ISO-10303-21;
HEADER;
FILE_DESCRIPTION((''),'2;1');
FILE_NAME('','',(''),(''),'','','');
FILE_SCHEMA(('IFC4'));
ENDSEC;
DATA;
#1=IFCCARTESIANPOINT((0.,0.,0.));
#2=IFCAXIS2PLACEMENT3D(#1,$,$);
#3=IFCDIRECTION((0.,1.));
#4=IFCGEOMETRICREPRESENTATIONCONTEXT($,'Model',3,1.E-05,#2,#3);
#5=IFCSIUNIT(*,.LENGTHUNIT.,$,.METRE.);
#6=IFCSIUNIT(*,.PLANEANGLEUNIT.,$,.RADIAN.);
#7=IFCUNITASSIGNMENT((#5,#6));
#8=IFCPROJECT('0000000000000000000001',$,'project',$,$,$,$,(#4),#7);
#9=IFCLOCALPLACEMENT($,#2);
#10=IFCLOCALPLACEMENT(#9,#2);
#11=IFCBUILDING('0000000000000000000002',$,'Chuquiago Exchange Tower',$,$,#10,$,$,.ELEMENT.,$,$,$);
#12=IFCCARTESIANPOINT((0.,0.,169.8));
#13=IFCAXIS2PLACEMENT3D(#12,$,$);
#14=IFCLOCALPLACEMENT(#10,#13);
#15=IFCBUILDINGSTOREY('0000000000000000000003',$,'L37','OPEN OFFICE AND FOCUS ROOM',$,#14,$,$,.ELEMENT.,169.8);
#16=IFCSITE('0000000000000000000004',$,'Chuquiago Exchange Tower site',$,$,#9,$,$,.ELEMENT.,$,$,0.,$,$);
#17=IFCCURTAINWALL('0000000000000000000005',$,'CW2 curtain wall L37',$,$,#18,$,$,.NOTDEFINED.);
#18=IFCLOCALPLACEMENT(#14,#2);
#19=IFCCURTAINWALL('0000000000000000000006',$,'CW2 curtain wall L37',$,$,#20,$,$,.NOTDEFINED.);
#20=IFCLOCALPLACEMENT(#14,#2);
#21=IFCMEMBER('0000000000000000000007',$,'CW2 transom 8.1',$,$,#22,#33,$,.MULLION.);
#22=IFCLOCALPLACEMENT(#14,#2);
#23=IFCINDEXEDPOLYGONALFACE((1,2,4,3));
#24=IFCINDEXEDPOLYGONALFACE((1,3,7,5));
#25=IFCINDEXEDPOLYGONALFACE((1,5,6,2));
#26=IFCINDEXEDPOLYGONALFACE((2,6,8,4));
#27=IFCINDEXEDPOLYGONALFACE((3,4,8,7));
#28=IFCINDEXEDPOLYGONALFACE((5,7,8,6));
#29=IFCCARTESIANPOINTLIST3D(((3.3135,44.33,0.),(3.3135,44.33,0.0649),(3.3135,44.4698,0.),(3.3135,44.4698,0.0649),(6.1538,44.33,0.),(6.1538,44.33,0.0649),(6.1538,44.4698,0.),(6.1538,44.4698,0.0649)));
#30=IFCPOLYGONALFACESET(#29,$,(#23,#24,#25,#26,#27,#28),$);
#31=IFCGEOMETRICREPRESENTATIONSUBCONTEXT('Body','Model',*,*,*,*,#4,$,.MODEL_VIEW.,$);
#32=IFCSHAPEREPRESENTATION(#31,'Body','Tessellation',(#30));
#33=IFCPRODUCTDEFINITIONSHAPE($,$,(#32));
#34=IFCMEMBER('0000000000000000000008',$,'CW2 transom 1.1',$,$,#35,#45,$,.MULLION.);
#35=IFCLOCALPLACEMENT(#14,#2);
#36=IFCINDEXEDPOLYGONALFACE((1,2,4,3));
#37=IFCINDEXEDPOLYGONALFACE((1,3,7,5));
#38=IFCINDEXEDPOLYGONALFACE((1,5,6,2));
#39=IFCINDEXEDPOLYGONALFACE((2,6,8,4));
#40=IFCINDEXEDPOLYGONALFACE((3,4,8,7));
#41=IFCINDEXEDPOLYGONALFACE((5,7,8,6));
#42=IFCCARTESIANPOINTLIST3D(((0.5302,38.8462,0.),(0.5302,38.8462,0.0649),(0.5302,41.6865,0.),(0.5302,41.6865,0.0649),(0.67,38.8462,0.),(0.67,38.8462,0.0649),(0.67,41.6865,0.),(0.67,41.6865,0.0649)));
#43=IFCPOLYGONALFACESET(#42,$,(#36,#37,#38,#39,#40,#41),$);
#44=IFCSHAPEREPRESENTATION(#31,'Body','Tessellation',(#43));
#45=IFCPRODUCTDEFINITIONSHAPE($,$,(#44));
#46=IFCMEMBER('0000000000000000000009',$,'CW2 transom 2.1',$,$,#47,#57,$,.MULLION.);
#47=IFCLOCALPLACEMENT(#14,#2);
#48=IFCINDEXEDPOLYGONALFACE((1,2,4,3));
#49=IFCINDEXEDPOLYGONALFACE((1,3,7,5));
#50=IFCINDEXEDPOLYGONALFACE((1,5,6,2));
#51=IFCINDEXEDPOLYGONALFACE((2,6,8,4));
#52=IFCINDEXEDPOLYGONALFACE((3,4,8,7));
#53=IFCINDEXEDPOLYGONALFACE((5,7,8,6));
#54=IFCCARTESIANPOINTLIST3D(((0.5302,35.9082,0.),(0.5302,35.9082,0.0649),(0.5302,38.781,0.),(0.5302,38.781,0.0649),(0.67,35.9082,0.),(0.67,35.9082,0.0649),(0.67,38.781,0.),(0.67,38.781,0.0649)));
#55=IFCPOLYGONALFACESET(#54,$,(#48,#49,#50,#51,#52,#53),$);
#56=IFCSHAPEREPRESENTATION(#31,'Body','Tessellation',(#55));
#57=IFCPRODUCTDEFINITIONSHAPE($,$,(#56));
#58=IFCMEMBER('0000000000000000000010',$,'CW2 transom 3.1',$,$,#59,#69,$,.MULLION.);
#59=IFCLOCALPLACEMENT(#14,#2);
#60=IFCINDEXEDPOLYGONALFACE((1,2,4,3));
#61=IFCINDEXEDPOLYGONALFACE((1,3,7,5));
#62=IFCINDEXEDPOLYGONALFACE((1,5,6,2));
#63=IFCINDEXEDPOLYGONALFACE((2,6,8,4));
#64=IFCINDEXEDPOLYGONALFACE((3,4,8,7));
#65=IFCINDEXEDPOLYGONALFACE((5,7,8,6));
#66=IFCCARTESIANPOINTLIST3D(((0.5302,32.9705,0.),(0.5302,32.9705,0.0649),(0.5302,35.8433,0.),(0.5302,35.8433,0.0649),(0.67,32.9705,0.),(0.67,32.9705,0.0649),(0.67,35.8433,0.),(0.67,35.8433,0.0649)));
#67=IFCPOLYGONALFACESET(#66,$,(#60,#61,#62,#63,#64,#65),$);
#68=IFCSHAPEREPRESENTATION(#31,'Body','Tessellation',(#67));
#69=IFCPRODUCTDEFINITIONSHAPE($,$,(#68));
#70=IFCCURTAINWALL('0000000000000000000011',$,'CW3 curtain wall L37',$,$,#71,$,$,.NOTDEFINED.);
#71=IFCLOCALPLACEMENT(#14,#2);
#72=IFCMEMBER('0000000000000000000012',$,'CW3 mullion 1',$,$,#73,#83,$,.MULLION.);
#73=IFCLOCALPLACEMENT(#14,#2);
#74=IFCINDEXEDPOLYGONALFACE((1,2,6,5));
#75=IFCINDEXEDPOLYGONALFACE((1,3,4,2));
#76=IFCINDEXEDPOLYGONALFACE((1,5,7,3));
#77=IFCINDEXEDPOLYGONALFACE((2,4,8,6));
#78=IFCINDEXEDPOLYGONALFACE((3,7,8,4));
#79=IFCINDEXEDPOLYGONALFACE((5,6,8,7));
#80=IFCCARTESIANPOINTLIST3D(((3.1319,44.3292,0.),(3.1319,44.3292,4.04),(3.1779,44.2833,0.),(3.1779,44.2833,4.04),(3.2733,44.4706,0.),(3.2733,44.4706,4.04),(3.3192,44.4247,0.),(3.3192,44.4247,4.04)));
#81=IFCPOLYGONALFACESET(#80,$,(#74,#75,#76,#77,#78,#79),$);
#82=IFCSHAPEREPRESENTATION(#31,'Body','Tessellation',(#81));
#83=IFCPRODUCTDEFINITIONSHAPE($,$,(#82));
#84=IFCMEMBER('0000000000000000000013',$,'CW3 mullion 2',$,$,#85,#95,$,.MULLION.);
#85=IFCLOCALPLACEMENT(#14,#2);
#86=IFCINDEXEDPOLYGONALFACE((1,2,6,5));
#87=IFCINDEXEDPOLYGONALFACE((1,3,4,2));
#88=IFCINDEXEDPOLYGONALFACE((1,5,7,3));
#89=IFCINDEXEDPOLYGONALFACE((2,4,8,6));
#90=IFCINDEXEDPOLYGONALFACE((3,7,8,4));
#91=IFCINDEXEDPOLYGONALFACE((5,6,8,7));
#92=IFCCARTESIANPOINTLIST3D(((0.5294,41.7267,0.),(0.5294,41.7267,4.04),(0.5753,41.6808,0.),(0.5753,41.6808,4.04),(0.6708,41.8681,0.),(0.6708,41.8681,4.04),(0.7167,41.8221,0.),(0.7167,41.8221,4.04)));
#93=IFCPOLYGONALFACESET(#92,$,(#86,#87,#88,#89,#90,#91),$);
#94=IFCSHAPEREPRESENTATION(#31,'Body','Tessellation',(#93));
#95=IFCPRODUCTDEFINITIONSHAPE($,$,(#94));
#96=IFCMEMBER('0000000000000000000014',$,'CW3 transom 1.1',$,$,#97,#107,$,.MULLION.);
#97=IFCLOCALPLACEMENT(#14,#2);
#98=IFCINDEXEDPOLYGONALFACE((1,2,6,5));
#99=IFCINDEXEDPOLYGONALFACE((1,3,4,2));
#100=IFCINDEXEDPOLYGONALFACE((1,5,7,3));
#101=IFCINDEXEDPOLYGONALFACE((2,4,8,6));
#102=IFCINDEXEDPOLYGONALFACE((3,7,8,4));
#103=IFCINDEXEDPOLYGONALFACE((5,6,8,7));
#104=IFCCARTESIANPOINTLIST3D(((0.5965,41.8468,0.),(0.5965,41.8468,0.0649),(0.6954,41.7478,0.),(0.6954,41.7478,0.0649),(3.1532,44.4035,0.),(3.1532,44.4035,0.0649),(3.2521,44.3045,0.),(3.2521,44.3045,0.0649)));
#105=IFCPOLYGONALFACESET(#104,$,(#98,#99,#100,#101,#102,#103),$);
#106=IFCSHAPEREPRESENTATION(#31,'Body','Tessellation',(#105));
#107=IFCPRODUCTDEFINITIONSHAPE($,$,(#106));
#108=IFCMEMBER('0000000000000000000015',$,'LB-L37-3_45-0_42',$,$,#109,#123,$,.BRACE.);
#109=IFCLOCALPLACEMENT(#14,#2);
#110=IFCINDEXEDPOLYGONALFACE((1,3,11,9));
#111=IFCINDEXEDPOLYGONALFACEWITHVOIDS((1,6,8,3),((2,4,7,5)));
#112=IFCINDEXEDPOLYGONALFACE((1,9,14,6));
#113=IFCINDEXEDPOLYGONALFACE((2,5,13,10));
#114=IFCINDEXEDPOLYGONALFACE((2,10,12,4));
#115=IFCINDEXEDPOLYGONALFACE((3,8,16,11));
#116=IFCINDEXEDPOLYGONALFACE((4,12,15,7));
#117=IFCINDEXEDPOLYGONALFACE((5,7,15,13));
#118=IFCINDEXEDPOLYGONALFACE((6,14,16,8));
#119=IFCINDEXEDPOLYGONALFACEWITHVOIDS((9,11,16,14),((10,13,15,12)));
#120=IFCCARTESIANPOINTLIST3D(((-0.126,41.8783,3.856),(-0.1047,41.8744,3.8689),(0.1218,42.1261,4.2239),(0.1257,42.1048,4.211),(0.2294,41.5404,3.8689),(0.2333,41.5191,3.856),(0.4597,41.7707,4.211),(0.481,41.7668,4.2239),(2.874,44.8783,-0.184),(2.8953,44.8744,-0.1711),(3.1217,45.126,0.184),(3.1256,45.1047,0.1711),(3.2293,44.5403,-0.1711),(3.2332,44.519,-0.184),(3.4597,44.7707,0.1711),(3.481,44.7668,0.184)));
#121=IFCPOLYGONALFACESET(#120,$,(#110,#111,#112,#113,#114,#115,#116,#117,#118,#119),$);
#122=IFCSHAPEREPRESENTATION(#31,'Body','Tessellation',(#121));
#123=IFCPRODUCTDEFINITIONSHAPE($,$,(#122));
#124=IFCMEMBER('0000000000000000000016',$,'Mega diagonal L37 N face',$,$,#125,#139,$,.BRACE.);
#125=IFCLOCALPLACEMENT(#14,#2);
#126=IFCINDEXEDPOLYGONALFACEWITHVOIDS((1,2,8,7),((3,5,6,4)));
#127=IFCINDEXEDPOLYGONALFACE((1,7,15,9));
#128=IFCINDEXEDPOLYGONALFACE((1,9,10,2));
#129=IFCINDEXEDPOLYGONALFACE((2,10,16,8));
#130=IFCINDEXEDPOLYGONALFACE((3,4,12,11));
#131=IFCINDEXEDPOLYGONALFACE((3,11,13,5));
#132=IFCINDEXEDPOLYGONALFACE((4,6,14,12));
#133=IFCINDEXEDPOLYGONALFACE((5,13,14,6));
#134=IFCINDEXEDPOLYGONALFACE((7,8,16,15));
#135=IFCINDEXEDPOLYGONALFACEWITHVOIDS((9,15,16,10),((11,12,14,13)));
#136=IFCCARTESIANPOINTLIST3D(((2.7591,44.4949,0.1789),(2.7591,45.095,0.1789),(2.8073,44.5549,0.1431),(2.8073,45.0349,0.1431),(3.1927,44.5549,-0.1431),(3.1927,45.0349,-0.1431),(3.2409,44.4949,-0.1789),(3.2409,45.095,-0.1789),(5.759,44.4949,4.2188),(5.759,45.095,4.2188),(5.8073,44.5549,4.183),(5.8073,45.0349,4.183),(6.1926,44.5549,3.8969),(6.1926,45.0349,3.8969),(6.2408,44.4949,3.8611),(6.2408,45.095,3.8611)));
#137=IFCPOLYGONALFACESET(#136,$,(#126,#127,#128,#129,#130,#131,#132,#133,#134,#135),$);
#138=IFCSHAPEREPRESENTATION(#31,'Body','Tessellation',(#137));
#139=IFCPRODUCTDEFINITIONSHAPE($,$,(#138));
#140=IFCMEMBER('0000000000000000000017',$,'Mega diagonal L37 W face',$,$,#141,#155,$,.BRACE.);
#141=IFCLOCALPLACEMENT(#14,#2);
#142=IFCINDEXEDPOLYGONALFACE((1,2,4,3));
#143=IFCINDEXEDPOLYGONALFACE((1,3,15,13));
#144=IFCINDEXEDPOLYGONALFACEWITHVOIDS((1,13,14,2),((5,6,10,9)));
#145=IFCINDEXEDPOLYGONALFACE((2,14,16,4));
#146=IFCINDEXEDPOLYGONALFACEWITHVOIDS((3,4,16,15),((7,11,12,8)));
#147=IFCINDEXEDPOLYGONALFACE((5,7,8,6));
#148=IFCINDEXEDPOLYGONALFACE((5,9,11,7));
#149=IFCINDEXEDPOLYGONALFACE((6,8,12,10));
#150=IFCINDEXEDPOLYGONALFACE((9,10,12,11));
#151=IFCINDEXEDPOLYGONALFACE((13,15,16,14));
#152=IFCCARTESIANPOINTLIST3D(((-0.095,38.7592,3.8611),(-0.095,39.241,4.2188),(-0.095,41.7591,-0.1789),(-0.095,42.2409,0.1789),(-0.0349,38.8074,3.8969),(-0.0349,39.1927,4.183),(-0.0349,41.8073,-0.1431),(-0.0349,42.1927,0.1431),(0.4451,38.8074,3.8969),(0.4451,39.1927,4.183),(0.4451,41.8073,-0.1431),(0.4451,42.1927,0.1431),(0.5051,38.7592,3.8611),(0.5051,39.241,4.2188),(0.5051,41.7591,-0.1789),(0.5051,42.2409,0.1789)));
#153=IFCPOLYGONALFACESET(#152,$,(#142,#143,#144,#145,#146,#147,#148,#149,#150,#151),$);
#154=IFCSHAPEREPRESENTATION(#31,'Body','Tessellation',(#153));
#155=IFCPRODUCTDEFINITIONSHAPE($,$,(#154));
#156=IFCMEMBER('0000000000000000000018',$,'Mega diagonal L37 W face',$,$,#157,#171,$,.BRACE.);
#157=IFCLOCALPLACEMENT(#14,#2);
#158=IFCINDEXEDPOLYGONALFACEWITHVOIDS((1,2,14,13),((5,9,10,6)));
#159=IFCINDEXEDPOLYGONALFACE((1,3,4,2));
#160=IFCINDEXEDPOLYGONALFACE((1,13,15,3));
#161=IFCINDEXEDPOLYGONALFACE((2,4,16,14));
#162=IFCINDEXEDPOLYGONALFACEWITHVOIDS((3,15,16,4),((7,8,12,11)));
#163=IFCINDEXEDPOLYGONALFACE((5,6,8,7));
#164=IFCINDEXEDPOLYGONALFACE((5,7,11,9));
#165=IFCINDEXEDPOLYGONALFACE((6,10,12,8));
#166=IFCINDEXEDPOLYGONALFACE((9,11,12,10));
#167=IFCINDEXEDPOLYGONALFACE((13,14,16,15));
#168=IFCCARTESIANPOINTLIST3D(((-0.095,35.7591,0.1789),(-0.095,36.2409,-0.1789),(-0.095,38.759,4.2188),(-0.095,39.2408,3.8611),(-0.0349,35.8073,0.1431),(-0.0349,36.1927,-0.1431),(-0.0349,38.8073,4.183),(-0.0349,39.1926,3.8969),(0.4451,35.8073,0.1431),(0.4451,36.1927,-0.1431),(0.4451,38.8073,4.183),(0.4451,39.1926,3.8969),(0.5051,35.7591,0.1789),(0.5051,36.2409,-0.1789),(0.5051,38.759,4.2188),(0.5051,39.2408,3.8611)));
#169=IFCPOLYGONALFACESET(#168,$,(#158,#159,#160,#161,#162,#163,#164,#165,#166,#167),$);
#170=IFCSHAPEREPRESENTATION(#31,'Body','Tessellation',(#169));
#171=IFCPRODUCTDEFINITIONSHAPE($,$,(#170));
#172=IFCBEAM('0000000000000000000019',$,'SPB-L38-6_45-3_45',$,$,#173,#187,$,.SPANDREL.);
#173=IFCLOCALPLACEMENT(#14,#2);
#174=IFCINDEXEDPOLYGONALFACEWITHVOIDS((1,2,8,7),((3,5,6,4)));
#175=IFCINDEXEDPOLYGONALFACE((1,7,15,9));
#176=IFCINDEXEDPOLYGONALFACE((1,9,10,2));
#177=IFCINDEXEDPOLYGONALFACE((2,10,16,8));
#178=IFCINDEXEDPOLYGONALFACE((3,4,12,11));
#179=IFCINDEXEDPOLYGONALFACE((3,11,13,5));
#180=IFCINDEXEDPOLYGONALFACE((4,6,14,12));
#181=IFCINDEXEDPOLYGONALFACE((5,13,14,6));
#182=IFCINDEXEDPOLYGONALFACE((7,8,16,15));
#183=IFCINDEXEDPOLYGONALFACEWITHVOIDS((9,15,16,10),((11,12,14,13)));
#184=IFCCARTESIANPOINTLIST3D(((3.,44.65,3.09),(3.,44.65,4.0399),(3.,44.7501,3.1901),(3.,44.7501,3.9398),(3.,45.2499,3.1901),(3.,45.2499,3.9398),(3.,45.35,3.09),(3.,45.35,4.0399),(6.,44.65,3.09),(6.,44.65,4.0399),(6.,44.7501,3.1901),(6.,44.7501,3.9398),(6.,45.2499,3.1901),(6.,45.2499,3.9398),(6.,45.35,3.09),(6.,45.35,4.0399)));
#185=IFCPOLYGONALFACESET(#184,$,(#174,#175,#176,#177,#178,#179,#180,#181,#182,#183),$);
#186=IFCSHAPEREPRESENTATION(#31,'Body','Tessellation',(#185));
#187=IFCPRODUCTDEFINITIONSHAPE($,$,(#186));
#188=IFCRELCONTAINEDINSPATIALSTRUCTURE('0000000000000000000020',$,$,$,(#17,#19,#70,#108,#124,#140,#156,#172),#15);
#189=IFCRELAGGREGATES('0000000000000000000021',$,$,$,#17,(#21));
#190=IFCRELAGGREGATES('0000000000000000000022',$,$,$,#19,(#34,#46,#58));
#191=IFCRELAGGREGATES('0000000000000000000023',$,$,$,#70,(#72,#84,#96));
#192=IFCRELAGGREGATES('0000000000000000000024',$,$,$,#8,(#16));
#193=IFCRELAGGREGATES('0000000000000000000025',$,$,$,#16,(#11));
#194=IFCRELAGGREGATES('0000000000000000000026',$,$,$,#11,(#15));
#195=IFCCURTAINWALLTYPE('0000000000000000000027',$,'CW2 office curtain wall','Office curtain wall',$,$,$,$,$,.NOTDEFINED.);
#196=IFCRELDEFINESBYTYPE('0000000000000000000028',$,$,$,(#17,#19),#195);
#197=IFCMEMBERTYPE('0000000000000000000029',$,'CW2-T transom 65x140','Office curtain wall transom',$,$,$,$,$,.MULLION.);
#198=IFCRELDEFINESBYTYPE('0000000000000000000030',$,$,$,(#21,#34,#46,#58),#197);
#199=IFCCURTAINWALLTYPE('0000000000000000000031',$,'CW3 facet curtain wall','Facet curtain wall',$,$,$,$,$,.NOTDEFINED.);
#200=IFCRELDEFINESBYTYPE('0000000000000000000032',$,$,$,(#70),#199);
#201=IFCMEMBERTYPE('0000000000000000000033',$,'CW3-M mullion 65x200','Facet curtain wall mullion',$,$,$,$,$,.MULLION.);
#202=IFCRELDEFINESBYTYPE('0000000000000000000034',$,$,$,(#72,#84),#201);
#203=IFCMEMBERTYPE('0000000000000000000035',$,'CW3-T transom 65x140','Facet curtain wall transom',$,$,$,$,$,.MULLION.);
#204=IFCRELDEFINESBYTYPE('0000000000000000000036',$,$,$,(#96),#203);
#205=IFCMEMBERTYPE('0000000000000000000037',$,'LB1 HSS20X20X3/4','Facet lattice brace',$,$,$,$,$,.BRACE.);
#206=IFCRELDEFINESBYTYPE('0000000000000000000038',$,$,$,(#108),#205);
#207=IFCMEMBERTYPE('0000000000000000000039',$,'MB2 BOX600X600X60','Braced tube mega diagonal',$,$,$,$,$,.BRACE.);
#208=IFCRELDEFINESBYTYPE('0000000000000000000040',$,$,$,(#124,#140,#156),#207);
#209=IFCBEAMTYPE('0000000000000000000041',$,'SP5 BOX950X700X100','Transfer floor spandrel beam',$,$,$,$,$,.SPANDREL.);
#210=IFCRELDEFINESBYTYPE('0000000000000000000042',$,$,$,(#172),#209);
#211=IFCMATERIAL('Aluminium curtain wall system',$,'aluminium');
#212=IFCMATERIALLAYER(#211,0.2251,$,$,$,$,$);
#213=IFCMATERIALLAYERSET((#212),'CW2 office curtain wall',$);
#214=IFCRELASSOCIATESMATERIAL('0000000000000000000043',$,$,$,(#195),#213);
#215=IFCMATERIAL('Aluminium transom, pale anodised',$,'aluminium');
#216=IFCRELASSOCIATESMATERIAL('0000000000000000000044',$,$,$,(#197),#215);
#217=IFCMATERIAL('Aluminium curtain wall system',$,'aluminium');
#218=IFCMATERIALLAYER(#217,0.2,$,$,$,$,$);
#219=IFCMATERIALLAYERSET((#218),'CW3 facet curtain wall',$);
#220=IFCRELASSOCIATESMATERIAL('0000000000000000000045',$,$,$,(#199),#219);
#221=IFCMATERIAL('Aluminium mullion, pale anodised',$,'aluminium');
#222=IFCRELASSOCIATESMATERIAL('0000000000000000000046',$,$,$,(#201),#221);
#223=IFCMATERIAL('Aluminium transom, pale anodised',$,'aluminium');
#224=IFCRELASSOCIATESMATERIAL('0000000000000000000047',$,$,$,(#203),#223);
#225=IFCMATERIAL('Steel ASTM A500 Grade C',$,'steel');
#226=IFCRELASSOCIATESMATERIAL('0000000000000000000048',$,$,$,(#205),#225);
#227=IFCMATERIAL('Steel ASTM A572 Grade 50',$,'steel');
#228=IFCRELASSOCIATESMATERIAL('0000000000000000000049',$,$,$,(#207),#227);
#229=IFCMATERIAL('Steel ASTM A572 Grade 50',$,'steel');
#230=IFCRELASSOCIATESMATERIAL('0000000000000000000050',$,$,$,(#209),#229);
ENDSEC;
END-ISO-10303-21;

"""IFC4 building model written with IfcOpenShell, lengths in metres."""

from ifc_helpers import new_model, si_unit, direction, frame, origin, origin_2d, place, context, subcontext, project, spatial, rectangle, hollow_rectangle, extrude, material, layer, layer_set, material_profile, profile_set, type_object, element, aggregate, save


model = new_model("IFC4")

# Units and contexts
model_context = context("Model", 3, precision=1e-05, world=origin(), true_north=direction((0.0, 1.0)))
body_context = subcontext(model_context, "Body", "Model", "MODEL_VIEW")
ifc_project = project(units=[si_unit("LENGTHUNIT", "METRE"), si_unit("PLANEANGLEUNIT", "RADIAN")], contexts=[model_context])

# Site, building, storey
site_placement = place(None, origin())
site = spatial("IfcSite", under=ifc_project, at=site_placement, Name="Chuquiago Exchange Tower site", CompositionType="ELEMENT", RefElevation=0.0)
building_placement = place(site_placement, origin())
building = spatial("IfcBuilding", under=site, at=building_placement, Name="Chuquiago Exchange Tower", CompositionType="ELEMENT")
storey_placement = place(building_placement, frame((0.0, 0.0, 169.8)))
storey = spatial("IfcBuildingStorey", under=building, at=storey_placement, Name="L37", Description="OPEN OFFICE AND FOCUS ROOM", CompositionType="ELEMENT", Elevation=169.8)

# Curtain wall
ifc_material_1 = material(Name="Aluminium curtain wall system", Category="aluminium")
ifc_layer_1 = layer(ifc_material_1, 0.2251)
ifc_layer_set_1 = layer_set([ifc_layer_1], Name="CW2 office curtain wall")
curtain_wall_type_1 = type_object("IfcCurtainWallType", Name="CW2 office curtain wall", Description="Office curtain wall", PredefinedType="NOTDEFINED", material=ifc_layer_set_1)
curtain_wall_1_placement = place(storey_placement, origin())
curtain_wall_1 = element("IfcCurtainWall", 1, at=curtain_wall_1_placement, inside=storey, type_object=curtain_wall_type_1, Name="CW2 curtain wall L37", PredefinedType="NOTDEFINED")

# Curtain wall
curtain_wall_2_placement = place(storey_placement, origin())
curtain_wall_2 = element("IfcCurtainWall", 2, at=curtain_wall_2_placement, inside=storey, type_object=curtain_wall_type_1, Name="CW2 curtain wall L37", PredefinedType="NOTDEFINED")

# Members
ifc_material_2 = material(Name="Aluminium transom, pale anodised", Category="aluminium")
ifc_material_profile_1 = material_profile(ifc_material_2, rectangle(XDim=0.1399, YDim=0.0649, at=origin_2d()), Name="AL 140x65")
ifc_profile_set_1 = profile_set([ifc_material_profile_1], Name="Aluminium transom, pale anodised")
member_type_1 = type_object("IfcMemberType", Name="CW2-T transom 65x140", Description="Office curtain wall transom", PredefinedType="MULLION", material=ifc_profile_set_1)
member_1_placement = place(storey_placement, frame((6.1538, 44.3999, 0.0325), z_axis=(-1.0, 0.0, 0.0), x_axis=(0.0, -1.0, 0.0)))
member_1 = element("IfcMember", 3, at=member_1_placement, type_object=member_type_1, Name="CW2 transom 8.1", PredefinedType="MULLION", context=body_context, shape_type="SweptSolid", body=[
    extrude(rectangle(XDim=0.1399, YDim=0.0649, at=origin_2d()), origin(), (0.0, 0.0, 1.0), 2.8403),
])
member_2_placement = place(storey_placement, frame((0.6001, 41.6865, 0.0325), z_axis=(0.0, -1.0, 0.0), x_axis=(1.0, 0.0, 0.0)))
member_2 = element("IfcMember", 4, at=member_2_placement, type_object=member_type_1, Name="CW2 transom 1.1", PredefinedType="MULLION", context=body_context, shape_type="SweptSolid", body=[
    extrude(rectangle(XDim=0.1399, YDim=0.0649, at=origin_2d()), origin(), (0.0, 0.0, 1.0), 2.8403),
])
member_3_placement = place(storey_placement, frame((0.6001, 38.781, 0.0325), z_axis=(0.0, -1.0, 0.0), x_axis=(1.0, 0.0, 0.0)))
member_3 = element("IfcMember", 5, at=member_3_placement, type_object=member_type_1, Name="CW2 transom 2.1", PredefinedType="MULLION", context=body_context, shape_type="SweptSolid", body=[
    extrude(rectangle(XDim=0.1399, YDim=0.0649, at=origin_2d()), origin(), (0.0, 0.0, 1.0), 2.8728),
])
member_4_placement = place(storey_placement, frame((0.6001, 35.8433, 0.0325), z_axis=(0.0, -1.0, 0.0), x_axis=(1.0, 0.0, 0.0)))
member_4 = element("IfcMember", 6, at=member_4_placement, type_object=member_type_1, Name="CW2 transom 3.1", PredefinedType="MULLION", context=body_context, shape_type="SweptSolid", body=[
    extrude(rectangle(XDim=0.1399, YDim=0.0649, at=origin_2d()), origin(), (0.0, 0.0, 1.0), 2.8728),
])

# Curtain wall, members
ifc_material_3 = material(Name="Aluminium curtain wall system", Category="aluminium")
ifc_layer_2 = layer(ifc_material_3, 0.2)
ifc_layer_set_2 = layer_set([ifc_layer_2], Name="CW3 facet curtain wall")
curtain_wall_type_2 = type_object("IfcCurtainWallType", Name="CW3 facet curtain wall", Description="Facet curtain wall", PredefinedType="NOTDEFINED", material=ifc_layer_set_2)
curtain_wall_3_placement = place(storey_placement, origin())
curtain_wall_3 = element("IfcCurtainWall", 7, at=curtain_wall_3_placement, inside=storey, type_object=curtain_wall_type_2, Name="CW3 curtain wall L37", PredefinedType="NOTDEFINED")
ifc_material_4 = material(Name="Aluminium mullion, pale anodised", Category="aluminium")
ifc_material_profile_2 = material_profile(ifc_material_4, rectangle(XDim=0.0649, YDim=0.2, at=origin_2d()), Name="AL 65x200")
ifc_profile_set_2 = profile_set([ifc_material_profile_2], Name="Aluminium mullion, pale anodised")
member_type_2 = type_object("IfcMemberType", Name="CW3-M mullion 65x200", Description="Facet curtain wall mullion", PredefinedType="MULLION", material=ifc_profile_set_2)
member_5_placement = place(storey_placement, frame((3.2256, 44.377, 0.0), z_axis=(0.0, 0.0, 1.0), x_axis=(0.707107, -0.707107, 0.0)))
member_5 = element("IfcMember", 8, at=member_5_placement, type_object=member_type_2, Name="CW3 mullion 1", PredefinedType="MULLION", context=body_context, shape_type="SweptSolid", body=[
    extrude(rectangle(XDim=0.0649, YDim=0.2, at=origin_2d()), origin(), (0.0, 0.0, 1.0), 4.04),
])
member_6_placement = place(storey_placement, frame((0.623, 41.7744, 0.0), z_axis=(0.0, 0.0, 1.0), x_axis=(0.707107, -0.707107, 0.0)))
member_6 = element("IfcMember", 9, at=member_6_placement, type_object=member_type_2, Name="CW3 mullion 2", PredefinedType="MULLION", context=body_context, shape_type="SweptSolid", body=[
    extrude(rectangle(XDim=0.0649, YDim=0.2, at=origin_2d()), origin(), (0.0, 0.0, 1.0), 4.04),
])
ifc_material_5 = material(Name="Aluminium transom, pale anodised", Category="aluminium")
ifc_material_profile_3 = material_profile(ifc_material_5, rectangle(XDim=0.1399, YDim=0.0649, at=origin_2d()), Name="AL 140x65")
ifc_profile_set_3 = profile_set([ifc_material_profile_3], Name="Aluminium transom, pale anodised")
member_type_3 = type_object("IfcMemberType", Name="CW3-T transom 65x140", Description="Facet curtain wall transom", PredefinedType="MULLION", material=ifc_profile_set_3)
member_7_placement = place(storey_placement, frame((3.2026, 44.354, 0.0325), z_axis=(-0.707107, -0.707107, 0.0), x_axis=(0.707107, -0.707107, 0.0)))
member_7 = element("IfcMember", 10, at=member_7_placement, type_object=member_type_3, Name="CW3 transom 1.1", PredefinedType="MULLION", context=body_context, shape_type="SweptSolid", body=[
    extrude(rectangle(XDim=0.1399, YDim=0.0649, at=origin_2d()), origin(), (0.0, 0.0, 1.0), 3.6157),
])

# Members
ifc_material_6 = material(Name="Steel ASTM A500 Grade C", Category="steel")
ifc_material_profile_4 = material_profile(ifc_material_6, hollow_rectangle(XDim=0.5081, YDim=0.5081, WallThickness=0.0178, at=origin_2d()), Name="HSS20X20X3/4")
ifc_profile_set_4 = profile_set([ifc_material_profile_4], Name="Steel ASTM A500 Grade C")
member_type_4 = type_object("IfcMemberType", Name="LB1 HSS20X20X3/4", Description="Facet lattice brace", PredefinedType="BRACE", material=ifc_profile_set_4)
member_8_placement = place(storey_placement, frame((3.1775, 44.8225, 0.0), z_axis=(-0.512077, -0.512077, 0.689604), x_axis=(0.707107, -0.707107, 0.0)))
element("IfcMember", 11, at=member_8_placement, inside=storey, type_object=member_type_4, Name="LB-L37-3_45-0_42", PredefinedType="BRACE", context=body_context, shape_type="SweptSolid", body=[
    extrude(hollow_rectangle(XDim=0.5081, YDim=0.5081, WallThickness=0.0178, at=origin_2d()), origin(), (0.0, 0.0, 1.0), 5.8584),
])
ifc_material_7 = material(Name="Steel ASTM A572 Grade 50", Category="steel")
ifc_material_profile_5 = material_profile(ifc_material_7, hollow_rectangle(XDim=0.6001, YDim=0.6001, WallThickness=0.0601, at=origin_2d()), Name="BOX600X600X60")
ifc_profile_set_5 = profile_set([ifc_material_profile_5], Name="Steel ASTM A572 Grade 50")
member_type_5 = type_object("IfcMemberType", Name="MB2 BOX600X600X60", Description="Braced tube mega diagonal", PredefinedType="BRACE", material=ifc_profile_set_5)
for number, where, z_axis, x_axis, name in (
    (12, (3.0, 44.7949, 0.0), (0.596174, 0.0, 0.802855), (0.0, 1.0, 0.0), "Mega diagonal L37 N face"),
    (13, (0.2051, 42.0, 0.0), (0.0, -0.596174, 0.802855), (1.0, 0.0, 0.0), "Mega diagonal L37 W face"),
    (14, (0.2051, 36.0, 0.0), (0.0, 0.596174, 0.802855), (-1.0, 0.0, 0.0), "Mega diagonal L37 W face"),
):
    element("IfcMember", number, at=place(storey_placement, frame(where, z_axis=z_axis, x_axis=x_axis)), inside=storey, type_object=member_type_5, Name=name, PredefinedType="BRACE", context=body_context, shape_type="SweptSolid", body=[
        extrude(hollow_rectangle(XDim=0.6001, YDim=0.6001, WallThickness=0.0601, at=origin_2d()), origin(), (0.0, 0.0, 1.0), 5.032),
    ])

# Beam
ifc_material_8 = material(Name="Steel ASTM A572 Grade 50", Category="steel")
ifc_material_profile_6 = material_profile(ifc_material_8, hollow_rectangle(XDim=0.7, YDim=0.95, WallThickness=0.1001, at=origin_2d()), Name="BOX950X700X100")
ifc_profile_set_6 = profile_set([ifc_material_profile_6], Name="Steel ASTM A572 Grade 50")
beam_type_1 = type_object("IfcBeamType", Name="SP5 BOX950X700X100", Description="Transfer floor spandrel beam", PredefinedType="SPANDREL", material=ifc_profile_set_6)
beam_1_placement = place(storey_placement, frame((6.0, 45.0, 3.5649), z_axis=(-1.0, 0.0, 0.0), x_axis=(0.0, -1.0, 0.0)))
element("IfcBeam", 15, at=beam_1_placement, inside=storey, type_object=beam_type_1, Name="SPB-L38-6_45-3_45", PredefinedType="SPANDREL", context=body_context, shape_type="SweptSolid", body=[
    extrude(hollow_rectangle(XDim=0.7, YDim=0.95, WallThickness=0.1001, at=origin_2d()), origin(), (0.0, 0.0, 1.0), 3.0),
])

aggregate(curtain_wall_1, [member_1])
aggregate(curtain_wall_2, [member_2, member_3, member_4])
aggregate(curtain_wall_3, [member_5, member_6, member_7])

save(model, "model.ifc")
